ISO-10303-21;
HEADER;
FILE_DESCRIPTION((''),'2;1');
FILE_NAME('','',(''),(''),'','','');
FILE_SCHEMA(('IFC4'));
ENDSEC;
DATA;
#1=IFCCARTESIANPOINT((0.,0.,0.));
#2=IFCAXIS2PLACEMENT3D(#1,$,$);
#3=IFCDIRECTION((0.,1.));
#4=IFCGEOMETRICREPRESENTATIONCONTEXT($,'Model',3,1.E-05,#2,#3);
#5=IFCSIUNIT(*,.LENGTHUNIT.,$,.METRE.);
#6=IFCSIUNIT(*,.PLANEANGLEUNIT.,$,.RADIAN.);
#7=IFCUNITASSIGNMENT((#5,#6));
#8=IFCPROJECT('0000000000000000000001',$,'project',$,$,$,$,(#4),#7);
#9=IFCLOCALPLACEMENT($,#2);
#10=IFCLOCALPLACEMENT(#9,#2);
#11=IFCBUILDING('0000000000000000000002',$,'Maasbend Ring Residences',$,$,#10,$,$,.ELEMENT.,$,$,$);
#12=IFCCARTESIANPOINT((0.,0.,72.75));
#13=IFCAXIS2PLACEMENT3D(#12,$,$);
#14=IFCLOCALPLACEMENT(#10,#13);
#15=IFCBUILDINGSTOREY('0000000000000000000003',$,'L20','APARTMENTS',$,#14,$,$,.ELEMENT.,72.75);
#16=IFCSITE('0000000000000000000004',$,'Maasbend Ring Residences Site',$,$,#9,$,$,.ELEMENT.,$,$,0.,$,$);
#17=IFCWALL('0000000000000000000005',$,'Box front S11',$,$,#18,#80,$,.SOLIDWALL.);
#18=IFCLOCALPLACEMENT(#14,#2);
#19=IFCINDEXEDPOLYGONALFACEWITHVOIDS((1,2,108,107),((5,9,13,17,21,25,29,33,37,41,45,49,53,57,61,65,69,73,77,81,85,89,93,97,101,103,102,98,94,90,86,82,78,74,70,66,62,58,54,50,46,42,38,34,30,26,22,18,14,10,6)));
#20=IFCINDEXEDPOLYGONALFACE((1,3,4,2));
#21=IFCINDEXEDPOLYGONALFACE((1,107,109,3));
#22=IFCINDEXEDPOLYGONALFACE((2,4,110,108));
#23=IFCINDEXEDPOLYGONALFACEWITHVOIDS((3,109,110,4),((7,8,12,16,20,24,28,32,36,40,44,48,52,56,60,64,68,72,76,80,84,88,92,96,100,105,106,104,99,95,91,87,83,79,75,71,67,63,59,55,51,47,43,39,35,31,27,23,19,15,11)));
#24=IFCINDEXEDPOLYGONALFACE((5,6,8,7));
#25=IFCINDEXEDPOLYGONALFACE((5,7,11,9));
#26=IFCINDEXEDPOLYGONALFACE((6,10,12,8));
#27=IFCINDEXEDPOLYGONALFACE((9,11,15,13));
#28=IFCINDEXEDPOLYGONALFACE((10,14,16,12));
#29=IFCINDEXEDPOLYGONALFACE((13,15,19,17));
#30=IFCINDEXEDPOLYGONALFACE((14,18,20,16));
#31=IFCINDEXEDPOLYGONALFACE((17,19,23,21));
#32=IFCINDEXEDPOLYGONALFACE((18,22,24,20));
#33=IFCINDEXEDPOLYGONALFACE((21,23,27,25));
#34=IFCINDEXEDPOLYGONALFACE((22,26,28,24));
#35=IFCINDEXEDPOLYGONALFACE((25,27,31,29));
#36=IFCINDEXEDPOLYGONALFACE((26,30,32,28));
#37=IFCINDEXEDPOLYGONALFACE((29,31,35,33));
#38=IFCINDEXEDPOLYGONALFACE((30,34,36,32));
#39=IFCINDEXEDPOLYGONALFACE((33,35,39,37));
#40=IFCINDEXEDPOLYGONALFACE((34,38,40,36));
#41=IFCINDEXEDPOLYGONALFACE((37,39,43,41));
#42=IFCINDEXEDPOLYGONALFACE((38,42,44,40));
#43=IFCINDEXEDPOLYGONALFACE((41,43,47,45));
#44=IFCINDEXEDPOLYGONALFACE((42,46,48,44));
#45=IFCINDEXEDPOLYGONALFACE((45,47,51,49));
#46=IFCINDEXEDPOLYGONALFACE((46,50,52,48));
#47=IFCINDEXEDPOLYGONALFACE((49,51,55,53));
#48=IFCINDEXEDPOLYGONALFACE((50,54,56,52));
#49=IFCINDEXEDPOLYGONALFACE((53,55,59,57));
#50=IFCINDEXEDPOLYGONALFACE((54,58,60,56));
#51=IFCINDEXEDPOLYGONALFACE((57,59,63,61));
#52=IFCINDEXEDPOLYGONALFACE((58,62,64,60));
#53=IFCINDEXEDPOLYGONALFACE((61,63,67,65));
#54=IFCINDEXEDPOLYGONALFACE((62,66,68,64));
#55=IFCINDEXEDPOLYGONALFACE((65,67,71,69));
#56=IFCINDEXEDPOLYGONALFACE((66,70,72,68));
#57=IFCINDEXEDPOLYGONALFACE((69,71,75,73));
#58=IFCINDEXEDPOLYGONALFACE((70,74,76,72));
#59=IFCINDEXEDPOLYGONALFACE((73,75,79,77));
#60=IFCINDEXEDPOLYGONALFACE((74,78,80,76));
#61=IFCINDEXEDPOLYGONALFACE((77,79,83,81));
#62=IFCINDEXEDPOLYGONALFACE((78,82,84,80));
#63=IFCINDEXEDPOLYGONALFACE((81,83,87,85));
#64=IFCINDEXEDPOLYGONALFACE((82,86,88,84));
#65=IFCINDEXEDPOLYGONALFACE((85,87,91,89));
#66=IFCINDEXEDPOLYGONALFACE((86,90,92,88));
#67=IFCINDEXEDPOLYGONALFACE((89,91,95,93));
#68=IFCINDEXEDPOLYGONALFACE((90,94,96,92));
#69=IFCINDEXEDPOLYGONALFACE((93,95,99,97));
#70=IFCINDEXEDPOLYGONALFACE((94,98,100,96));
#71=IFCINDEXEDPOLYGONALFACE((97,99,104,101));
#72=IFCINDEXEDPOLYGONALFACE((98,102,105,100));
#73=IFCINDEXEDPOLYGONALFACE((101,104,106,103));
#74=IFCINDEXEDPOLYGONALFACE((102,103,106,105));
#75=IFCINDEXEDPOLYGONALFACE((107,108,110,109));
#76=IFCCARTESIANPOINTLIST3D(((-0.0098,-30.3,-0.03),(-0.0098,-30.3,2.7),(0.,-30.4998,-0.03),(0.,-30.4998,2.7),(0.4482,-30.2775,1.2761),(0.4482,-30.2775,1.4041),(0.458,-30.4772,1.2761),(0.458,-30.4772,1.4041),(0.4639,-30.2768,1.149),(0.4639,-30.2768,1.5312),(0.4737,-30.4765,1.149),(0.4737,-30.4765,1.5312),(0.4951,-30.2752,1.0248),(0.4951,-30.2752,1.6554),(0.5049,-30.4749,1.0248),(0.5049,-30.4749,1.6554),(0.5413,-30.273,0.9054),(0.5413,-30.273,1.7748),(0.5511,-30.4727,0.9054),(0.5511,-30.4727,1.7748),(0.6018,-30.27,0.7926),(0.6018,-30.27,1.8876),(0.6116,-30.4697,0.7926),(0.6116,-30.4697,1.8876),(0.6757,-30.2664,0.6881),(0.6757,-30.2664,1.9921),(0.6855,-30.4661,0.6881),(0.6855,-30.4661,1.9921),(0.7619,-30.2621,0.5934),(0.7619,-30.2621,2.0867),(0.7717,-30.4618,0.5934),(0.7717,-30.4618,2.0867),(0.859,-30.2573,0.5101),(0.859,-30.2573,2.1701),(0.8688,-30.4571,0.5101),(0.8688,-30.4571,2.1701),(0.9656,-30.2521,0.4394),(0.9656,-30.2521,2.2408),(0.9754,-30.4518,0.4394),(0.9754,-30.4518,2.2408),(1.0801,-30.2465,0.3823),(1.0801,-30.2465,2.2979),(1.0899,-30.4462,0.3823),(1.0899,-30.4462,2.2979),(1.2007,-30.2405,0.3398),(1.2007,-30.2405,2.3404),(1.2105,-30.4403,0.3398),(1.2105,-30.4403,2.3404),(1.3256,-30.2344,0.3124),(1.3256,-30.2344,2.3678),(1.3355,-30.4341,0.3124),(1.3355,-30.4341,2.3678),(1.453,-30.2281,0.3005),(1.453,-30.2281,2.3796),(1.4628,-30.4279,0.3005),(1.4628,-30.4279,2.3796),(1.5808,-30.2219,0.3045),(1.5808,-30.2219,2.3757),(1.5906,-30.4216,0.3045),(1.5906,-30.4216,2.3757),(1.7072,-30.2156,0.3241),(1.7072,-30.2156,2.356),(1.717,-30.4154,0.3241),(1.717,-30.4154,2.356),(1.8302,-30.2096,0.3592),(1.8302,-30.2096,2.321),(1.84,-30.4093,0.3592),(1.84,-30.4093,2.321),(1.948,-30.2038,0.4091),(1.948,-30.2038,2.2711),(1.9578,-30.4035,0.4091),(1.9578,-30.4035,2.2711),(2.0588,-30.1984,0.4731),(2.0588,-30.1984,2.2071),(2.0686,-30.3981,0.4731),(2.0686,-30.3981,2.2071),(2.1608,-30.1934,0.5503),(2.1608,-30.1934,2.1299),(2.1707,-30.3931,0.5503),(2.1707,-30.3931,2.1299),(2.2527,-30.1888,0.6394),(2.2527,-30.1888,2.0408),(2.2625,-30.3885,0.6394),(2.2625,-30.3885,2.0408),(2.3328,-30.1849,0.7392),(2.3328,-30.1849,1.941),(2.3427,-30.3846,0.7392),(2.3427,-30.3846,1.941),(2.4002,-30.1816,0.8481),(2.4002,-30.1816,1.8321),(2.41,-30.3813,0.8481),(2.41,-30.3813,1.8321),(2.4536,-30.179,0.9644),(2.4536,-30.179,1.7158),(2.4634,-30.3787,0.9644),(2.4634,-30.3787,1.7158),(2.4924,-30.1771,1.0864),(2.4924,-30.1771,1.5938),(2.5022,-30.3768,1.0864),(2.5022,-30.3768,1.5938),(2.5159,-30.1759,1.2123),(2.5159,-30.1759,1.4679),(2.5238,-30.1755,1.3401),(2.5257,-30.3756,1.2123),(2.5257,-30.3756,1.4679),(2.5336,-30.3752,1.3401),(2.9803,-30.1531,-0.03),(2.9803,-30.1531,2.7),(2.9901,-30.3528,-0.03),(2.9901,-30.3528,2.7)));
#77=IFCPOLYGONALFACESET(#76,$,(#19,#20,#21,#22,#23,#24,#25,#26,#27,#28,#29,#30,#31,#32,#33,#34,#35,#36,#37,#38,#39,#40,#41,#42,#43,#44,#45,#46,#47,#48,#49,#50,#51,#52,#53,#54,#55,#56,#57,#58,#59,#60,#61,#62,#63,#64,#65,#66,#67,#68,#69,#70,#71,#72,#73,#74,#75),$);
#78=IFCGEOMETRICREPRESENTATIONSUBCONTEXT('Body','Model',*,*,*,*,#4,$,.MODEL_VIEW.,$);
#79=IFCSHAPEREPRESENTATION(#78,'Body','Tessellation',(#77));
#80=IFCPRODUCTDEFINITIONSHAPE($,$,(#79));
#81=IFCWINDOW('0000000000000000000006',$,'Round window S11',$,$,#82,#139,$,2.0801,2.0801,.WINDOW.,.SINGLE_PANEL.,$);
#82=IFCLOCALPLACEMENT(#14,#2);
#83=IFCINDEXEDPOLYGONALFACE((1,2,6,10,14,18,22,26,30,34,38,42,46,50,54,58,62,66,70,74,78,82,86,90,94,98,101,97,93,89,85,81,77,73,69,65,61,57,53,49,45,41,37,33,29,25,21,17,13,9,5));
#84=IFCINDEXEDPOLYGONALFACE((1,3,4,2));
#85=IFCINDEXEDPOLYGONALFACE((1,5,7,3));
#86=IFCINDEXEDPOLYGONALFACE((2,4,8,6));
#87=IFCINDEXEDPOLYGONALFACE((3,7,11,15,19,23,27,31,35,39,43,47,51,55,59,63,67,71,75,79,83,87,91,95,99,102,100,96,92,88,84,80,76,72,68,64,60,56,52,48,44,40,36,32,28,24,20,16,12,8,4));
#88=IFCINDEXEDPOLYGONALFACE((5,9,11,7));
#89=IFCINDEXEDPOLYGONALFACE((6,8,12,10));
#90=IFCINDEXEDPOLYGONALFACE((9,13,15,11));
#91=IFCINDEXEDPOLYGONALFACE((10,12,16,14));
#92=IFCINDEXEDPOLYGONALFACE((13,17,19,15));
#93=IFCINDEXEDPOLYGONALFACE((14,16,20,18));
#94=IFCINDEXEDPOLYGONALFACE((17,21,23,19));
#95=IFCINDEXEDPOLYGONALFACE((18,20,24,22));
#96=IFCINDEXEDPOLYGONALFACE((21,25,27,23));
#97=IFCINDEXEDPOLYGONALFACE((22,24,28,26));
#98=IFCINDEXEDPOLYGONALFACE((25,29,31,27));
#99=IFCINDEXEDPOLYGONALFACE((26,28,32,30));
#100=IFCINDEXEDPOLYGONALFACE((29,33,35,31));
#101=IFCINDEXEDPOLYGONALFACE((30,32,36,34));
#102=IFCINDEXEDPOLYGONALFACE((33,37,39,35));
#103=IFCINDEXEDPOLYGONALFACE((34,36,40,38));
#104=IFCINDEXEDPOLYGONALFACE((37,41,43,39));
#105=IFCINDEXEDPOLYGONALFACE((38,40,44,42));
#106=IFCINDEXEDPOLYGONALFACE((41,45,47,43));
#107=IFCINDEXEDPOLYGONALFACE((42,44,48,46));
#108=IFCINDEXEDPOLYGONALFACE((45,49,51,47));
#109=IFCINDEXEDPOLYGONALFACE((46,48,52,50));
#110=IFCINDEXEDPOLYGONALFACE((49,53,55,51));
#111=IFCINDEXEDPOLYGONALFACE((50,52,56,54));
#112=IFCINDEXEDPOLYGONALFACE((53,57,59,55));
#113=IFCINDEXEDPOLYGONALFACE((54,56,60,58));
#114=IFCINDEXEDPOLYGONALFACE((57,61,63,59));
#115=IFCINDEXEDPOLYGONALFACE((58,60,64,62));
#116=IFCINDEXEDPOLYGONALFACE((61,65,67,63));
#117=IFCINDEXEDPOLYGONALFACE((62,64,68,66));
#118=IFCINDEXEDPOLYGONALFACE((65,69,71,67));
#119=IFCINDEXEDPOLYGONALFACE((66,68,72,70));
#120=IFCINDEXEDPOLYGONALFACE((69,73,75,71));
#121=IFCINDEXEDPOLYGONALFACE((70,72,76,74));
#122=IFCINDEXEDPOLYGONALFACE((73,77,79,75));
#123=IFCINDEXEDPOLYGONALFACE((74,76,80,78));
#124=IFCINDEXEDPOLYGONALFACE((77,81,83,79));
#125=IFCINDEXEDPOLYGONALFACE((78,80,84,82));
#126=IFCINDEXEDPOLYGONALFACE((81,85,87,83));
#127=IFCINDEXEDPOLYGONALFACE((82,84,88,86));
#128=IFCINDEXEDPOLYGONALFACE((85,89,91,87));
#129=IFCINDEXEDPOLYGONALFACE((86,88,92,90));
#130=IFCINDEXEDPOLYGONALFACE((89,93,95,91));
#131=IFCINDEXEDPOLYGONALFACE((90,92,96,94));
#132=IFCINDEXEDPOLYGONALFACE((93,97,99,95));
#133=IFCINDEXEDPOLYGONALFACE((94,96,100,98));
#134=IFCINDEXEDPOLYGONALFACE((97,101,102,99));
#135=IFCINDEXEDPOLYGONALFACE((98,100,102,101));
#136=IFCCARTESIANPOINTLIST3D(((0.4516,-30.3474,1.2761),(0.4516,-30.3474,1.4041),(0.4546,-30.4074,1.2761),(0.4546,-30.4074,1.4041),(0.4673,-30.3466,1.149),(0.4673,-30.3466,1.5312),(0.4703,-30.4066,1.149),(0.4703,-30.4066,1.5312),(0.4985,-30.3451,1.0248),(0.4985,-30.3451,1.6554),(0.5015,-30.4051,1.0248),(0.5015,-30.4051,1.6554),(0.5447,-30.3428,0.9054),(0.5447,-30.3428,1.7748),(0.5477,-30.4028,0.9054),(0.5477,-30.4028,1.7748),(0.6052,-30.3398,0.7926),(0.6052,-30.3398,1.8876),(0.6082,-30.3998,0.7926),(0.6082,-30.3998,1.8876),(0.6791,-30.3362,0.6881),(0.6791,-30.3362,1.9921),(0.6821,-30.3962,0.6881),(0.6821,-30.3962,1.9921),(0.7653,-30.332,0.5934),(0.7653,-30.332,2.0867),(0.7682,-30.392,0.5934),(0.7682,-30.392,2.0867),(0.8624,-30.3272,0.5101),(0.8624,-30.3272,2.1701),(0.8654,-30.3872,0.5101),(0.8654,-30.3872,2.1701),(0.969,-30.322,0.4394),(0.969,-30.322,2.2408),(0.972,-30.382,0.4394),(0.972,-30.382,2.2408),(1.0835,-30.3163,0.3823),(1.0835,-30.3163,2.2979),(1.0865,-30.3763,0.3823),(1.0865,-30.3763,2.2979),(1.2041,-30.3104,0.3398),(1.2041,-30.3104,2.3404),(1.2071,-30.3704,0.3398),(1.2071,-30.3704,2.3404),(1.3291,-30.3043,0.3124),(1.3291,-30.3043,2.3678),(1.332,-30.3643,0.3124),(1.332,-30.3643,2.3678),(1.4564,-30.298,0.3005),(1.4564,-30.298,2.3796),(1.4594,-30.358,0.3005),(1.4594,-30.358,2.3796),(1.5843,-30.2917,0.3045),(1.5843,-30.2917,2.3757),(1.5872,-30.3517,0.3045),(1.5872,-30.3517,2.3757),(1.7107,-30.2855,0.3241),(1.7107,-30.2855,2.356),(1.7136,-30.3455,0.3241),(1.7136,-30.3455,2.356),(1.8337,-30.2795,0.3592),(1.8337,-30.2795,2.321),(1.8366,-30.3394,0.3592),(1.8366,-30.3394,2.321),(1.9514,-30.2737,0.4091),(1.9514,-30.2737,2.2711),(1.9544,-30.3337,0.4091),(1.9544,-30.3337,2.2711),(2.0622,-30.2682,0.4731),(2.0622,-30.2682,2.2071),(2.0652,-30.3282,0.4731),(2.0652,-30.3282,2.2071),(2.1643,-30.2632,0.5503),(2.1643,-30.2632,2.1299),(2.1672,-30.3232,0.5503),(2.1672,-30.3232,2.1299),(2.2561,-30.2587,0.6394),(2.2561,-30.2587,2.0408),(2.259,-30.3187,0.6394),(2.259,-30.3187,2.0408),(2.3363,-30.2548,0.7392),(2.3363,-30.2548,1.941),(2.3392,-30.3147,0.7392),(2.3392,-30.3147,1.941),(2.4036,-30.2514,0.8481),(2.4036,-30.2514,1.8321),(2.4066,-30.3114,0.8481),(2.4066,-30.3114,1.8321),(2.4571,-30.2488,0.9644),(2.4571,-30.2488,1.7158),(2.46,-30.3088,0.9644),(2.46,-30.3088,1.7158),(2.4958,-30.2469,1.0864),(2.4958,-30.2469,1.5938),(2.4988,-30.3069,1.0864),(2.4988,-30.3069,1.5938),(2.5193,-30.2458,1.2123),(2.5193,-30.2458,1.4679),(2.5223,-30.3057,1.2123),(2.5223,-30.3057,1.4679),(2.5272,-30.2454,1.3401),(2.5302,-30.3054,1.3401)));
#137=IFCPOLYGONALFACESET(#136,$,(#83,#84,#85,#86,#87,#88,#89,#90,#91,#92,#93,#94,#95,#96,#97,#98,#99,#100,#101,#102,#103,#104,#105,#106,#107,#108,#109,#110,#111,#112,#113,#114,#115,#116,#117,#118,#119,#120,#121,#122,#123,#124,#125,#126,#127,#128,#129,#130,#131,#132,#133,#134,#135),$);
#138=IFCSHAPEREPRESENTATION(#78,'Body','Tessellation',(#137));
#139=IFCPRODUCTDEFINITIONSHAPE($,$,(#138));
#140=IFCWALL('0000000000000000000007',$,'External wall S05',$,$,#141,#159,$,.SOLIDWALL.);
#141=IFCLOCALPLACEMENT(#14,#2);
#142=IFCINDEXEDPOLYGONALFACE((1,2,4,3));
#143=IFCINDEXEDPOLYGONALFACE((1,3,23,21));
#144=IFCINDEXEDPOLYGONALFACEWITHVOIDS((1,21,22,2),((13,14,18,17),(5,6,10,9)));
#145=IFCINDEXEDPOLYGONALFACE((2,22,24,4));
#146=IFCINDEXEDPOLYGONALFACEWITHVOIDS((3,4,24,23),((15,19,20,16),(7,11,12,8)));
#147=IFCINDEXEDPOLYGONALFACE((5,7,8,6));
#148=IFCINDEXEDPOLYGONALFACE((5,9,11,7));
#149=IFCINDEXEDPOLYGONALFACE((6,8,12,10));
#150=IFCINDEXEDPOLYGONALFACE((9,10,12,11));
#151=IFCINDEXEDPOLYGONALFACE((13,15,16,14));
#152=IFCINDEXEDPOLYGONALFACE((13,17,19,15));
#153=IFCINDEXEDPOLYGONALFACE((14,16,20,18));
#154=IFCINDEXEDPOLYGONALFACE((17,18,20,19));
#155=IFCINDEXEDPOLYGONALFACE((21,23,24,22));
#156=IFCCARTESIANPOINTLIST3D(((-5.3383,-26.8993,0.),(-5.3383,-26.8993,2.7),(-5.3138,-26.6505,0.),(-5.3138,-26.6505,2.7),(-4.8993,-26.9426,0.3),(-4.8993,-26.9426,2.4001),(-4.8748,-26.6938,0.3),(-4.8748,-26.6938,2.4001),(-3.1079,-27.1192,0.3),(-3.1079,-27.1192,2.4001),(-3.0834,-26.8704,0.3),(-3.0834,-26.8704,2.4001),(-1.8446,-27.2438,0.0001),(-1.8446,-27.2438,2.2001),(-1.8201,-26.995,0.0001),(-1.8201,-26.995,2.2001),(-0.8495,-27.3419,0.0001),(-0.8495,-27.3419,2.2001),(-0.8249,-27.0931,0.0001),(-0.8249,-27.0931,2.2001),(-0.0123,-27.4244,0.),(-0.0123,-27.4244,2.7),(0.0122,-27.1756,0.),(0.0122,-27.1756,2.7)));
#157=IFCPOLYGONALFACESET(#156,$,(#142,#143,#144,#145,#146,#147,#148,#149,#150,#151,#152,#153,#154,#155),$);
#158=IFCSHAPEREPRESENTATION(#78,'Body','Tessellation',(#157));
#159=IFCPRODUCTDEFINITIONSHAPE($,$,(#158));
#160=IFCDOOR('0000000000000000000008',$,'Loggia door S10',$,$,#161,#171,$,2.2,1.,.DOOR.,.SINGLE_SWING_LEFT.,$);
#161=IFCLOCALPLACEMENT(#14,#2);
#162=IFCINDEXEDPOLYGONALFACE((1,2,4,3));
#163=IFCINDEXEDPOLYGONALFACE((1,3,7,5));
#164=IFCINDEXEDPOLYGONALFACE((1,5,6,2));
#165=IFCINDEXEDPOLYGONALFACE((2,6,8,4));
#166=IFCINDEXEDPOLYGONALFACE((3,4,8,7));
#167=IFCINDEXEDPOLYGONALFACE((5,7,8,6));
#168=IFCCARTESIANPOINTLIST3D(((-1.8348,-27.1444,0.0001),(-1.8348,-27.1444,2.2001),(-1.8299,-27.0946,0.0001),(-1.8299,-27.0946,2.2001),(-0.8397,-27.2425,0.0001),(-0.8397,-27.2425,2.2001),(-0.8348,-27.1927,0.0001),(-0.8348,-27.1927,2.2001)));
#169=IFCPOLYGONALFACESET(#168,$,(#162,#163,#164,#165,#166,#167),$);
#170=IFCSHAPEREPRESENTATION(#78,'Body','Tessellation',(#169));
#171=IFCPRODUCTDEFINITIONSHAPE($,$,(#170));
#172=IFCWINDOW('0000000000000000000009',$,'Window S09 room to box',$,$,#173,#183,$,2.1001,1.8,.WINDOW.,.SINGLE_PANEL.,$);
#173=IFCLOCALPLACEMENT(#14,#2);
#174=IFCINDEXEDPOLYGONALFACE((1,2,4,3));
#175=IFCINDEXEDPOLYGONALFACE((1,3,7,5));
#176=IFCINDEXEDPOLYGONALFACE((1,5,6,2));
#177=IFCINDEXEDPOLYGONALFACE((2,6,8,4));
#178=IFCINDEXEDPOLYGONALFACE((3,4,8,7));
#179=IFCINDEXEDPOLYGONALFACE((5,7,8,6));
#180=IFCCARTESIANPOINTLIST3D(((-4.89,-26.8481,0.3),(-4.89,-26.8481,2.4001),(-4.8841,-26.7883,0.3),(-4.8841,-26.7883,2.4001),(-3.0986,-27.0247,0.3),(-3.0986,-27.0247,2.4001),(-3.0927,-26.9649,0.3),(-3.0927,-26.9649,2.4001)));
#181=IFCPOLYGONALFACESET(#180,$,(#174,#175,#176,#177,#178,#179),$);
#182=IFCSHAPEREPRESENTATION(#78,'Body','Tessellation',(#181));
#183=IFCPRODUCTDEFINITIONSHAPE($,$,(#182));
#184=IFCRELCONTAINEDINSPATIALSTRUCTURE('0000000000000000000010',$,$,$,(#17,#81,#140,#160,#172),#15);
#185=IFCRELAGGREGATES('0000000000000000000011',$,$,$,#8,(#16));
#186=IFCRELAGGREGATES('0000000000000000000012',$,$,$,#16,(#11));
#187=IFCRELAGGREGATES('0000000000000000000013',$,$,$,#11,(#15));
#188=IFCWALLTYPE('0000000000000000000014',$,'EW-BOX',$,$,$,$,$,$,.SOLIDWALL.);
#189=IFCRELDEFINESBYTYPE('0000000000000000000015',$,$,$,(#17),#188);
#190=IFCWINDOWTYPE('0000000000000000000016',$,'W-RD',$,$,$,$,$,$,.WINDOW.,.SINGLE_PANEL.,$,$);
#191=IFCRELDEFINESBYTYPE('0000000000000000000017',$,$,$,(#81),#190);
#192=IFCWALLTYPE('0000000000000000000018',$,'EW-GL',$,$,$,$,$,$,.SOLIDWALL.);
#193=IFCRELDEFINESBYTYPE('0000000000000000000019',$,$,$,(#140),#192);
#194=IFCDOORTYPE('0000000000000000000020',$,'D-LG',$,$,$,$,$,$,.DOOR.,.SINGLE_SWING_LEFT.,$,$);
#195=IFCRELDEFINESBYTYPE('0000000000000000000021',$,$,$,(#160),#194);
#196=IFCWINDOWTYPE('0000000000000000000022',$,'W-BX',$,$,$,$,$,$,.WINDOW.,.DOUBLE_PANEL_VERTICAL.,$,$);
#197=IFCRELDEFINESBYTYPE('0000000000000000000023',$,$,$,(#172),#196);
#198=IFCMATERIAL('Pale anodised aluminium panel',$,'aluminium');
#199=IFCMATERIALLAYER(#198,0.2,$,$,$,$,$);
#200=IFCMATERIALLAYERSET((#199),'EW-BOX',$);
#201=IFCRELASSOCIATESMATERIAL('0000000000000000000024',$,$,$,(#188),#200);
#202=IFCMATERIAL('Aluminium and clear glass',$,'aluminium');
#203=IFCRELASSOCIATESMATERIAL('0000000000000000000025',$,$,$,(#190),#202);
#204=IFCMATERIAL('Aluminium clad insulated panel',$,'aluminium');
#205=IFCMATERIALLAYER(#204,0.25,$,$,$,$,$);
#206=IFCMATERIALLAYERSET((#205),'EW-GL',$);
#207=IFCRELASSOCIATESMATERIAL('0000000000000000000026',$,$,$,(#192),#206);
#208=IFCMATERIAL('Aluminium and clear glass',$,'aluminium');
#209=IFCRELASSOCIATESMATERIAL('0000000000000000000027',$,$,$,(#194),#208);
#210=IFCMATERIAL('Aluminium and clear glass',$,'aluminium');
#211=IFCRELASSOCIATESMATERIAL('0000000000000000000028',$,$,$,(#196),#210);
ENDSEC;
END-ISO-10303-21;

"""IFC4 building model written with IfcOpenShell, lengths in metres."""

from ifc_helpers import new_model, si_unit, direction, frame, frame_2d, origin, place, context, subcontext, project, spatial, rectangle, circle, extrude, material, layer, layer_set, type_object, element, fill, save


model = new_model("IFC4")

# Units and contexts
model_context = context("Model", 3, precision=1e-05, world=origin(), true_north=direction((0.0, 1.0)))
body_context = subcontext(model_context, "Body", "Model", "MODEL_VIEW")
ifc_project = project(units=[si_unit("LENGTHUNIT", "METRE"), si_unit("PLANEANGLEUNIT", "RADIAN")], contexts=[model_context])

# Site, building, storey
site_placement = place(None, origin())
site = spatial("IfcSite", under=ifc_project, at=site_placement, Name="Maasbend Ring Residences Site", CompositionType="ELEMENT", RefElevation=0.0)
building_placement = place(site_placement, origin())
building = spatial("IfcBuilding", under=site, at=building_placement, Name="Maasbend Ring Residences", CompositionType="ELEMENT")
storey_placement = place(building_placement, frame((0.0, 0.0, 72.75)))
storey = spatial("IfcBuildingStorey", under=building, at=storey_placement, Name="L20", Description="APARTMENTS", CompositionType="ELEMENT", Elevation=72.75)

# Shared definitions
ifc_material_1 = material(Name="Pale anodised aluminium panel", Category="aluminium")
ifc_layer_1 = layer(ifc_material_1, 0.2)
ifc_layer_set_1 = layer_set([ifc_layer_1], Name="EW-BOX")
wall_type_1 = type_object("IfcWallType", Name="EW-BOX", PredefinedType="SOLIDWALL", material=ifc_layer_set_1)

# Shared definitions
ifc_material_2 = material(Name="Aluminium and clear glass", Category="aluminium")
window_type_1 = type_object("IfcWindowType", Name="W-RD", PartitioningType="SINGLE_PANEL", PredefinedType="WINDOW", material=ifc_material_2)

# Wall, opening, window
wall_1_placement = place(storey_placement, frame((-0.0049, -30.3999, -0.03), z_axis=(0.0, 0.0, 1.0), x_axis=(0.998794, 0.049096, 0.0)))
wall_1 = element("IfcWall", 1, at=wall_1_placement, inside=storey, type_object=wall_type_1, Name="Box front S11", PredefinedType="SOLIDWALL", context=body_context, shape_type="SweptSolid", body=[
    extrude(rectangle(XDim=2.9937, YDim=0.2, at=frame_2d((1.4968, 0.0))), origin(), (0.0, 0.0, 1.0), 2.73),
])
opening_1_placement = place(wall_1_placement, frame((0.4565, 0.0, 0.3301)))
opening_1 = element("IfcOpeningElement", 2, at=opening_1_placement, cuts=wall_1, PredefinedType="OPENING", context=body_context, shape_type="SweptSolid", body=[
    extrude(circle(Radius=1.04, at=frame_2d((1.04, 1.04))), frame((0.0, 0.1099, 0.0), z_axis=(0.0, -1.0, 0.0), x_axis=(1.0, 0.0, 0.0)), (0.0, 0.0, 1.0), 0.22),
])
window_1_placement = place(opening_1_placement, origin())
window_1 = element("IfcWindow", 3, at=window_1_placement, inside=storey, type_object=window_type_1, Name="Round window S11", OverallHeight=2.0801, OverallWidth=2.0801, PartitioningType="SINGLE_PANEL", PredefinedType="WINDOW", context=body_context, shape_type="SweptSolid", body=[
    extrude(circle(Radius=1.04, at=frame_2d((1.04, 1.04))), frame((0.0, 0.03, 0.0), z_axis=(0.0, -1.0, 0.0), x_axis=(1.0, 0.0, 0.0)), (0.0, 0.0, 1.0), 0.0601),
])
fill(opening_1, window_1)

# Wall, openings, door, window
ifc_material_3 = material(Name="Aluminium clad insulated panel", Category="aluminium")
ifc_layer_2 = layer(ifc_material_3, 0.25)
ifc_layer_set_2 = layer_set([ifc_layer_2], Name="EW-GL")
wall_type_2 = type_object("IfcWallType", Name="EW-GL", PredefinedType="SOLIDWALL", material=ifc_layer_set_2)
wall_2_placement = place(storey_placement, frame((-5.3259, -26.7749, 0.0), z_axis=(0.0, 0.0, 1.0), x_axis=(0.995174, -0.098126, 0.0)))
wall_2 = element("IfcWall", 4, at=wall_2_placement, inside=storey, type_object=wall_type_2, Name="External wall S05", PredefinedType="SOLIDWALL", context=body_context, shape_type="SweptSolid", body=[
    extrude(rectangle(XDim=5.3518, YDim=0.25, at=frame_2d((2.6758, 0.0))), origin(), (0.0, 0.0, 1.0), 2.7),
])
opening_2_placement = place(wall_2_placement, frame((0.4412, 0.0, 0.3)))
opening_2 = element("IfcOpeningElement", 5, at=opening_2_placement, cuts=wall_2, PredefinedType="OPENING", context=body_context, shape_type="SweptSolid", body=[
    extrude(rectangle(XDim=1.8, YDim=2.1001, at=frame_2d((0.8999, 1.05))), frame((0.0, 0.135, 0.0), z_axis=(0.0, -1.0, 0.0), x_axis=(1.0, 0.0, 0.0)), (0.0, 0.0, 1.0), 0.27),
])
opening_3_placement = place(wall_2_placement, frame((3.5105, 0.0, 0.0)))
opening_3 = element("IfcOpeningElement", 6, at=opening_3_placement, cuts=wall_2, PredefinedType="OPENING", context=body_context, shape_type="SweptSolid", body=[
    extrude(rectangle(XDim=1.0, YDim=2.2, at=frame_2d((0.5, 1.1001))), frame((0.0, 0.135, 0.0), z_axis=(0.0, -1.0, 0.0), x_axis=(1.0, 0.0, 0.0)), (0.0, 0.0, 1.0), 0.27),
])
ifc_material_4 = material(Name="Aluminium and clear glass", Category="aluminium")
door_type_1 = type_object("IfcDoorType", Name="D-LG", OperationType="SINGLE_SWING_LEFT", PredefinedType="DOOR", material=ifc_material_4)
door_1_placement = place(opening_3_placement, origin())
door_1 = element("IfcDoor", 7, at=door_1_placement, inside=storey, type_object=door_type_1, Name="Loggia door S10", OperationType="SINGLE_SWING_LEFT", OverallHeight=2.2, OverallWidth=1.0, PredefinedType="DOOR", context=body_context, shape_type="SweptSolid", body=[
    extrude(rectangle(XDim=1.0, YDim=2.2, at=frame_2d((0.5, 1.1001))), frame((0.0, 0.0249, 0.0), z_axis=(0.0, -1.0, 0.0), x_axis=(1.0, 0.0, 0.0)), (0.0, 0.0, 1.0), 0.05),
])
fill(opening_3, door_1)
ifc_material_5 = material(Name="Aluminium and clear glass", Category="aluminium")
window_type_2 = type_object("IfcWindowType", Name="W-BX", PartitioningType="DOUBLE_PANEL_VERTICAL", PredefinedType="WINDOW", material=ifc_material_5)
window_2_placement = place(opening_2_placement, origin())
window_2 = element("IfcWindow", 8, at=window_2_placement, inside=storey, type_object=window_type_2, Name="Window S09 room to box", OverallHeight=2.1001, OverallWidth=1.8, PartitioningType="SINGLE_PANEL", PredefinedType="WINDOW", context=body_context, shape_type="SweptSolid", body=[
    extrude(rectangle(XDim=1.8, YDim=2.1001, at=frame_2d((0.8999, 1.05))), frame((0.0, 0.03, 0.0), z_axis=(0.0, -1.0, 0.0), x_axis=(1.0, 0.0, 0.0)), (0.0, 0.0, 1.0), 0.0601),
])
fill(opening_2, window_2)

save(model, "model.ifc")
